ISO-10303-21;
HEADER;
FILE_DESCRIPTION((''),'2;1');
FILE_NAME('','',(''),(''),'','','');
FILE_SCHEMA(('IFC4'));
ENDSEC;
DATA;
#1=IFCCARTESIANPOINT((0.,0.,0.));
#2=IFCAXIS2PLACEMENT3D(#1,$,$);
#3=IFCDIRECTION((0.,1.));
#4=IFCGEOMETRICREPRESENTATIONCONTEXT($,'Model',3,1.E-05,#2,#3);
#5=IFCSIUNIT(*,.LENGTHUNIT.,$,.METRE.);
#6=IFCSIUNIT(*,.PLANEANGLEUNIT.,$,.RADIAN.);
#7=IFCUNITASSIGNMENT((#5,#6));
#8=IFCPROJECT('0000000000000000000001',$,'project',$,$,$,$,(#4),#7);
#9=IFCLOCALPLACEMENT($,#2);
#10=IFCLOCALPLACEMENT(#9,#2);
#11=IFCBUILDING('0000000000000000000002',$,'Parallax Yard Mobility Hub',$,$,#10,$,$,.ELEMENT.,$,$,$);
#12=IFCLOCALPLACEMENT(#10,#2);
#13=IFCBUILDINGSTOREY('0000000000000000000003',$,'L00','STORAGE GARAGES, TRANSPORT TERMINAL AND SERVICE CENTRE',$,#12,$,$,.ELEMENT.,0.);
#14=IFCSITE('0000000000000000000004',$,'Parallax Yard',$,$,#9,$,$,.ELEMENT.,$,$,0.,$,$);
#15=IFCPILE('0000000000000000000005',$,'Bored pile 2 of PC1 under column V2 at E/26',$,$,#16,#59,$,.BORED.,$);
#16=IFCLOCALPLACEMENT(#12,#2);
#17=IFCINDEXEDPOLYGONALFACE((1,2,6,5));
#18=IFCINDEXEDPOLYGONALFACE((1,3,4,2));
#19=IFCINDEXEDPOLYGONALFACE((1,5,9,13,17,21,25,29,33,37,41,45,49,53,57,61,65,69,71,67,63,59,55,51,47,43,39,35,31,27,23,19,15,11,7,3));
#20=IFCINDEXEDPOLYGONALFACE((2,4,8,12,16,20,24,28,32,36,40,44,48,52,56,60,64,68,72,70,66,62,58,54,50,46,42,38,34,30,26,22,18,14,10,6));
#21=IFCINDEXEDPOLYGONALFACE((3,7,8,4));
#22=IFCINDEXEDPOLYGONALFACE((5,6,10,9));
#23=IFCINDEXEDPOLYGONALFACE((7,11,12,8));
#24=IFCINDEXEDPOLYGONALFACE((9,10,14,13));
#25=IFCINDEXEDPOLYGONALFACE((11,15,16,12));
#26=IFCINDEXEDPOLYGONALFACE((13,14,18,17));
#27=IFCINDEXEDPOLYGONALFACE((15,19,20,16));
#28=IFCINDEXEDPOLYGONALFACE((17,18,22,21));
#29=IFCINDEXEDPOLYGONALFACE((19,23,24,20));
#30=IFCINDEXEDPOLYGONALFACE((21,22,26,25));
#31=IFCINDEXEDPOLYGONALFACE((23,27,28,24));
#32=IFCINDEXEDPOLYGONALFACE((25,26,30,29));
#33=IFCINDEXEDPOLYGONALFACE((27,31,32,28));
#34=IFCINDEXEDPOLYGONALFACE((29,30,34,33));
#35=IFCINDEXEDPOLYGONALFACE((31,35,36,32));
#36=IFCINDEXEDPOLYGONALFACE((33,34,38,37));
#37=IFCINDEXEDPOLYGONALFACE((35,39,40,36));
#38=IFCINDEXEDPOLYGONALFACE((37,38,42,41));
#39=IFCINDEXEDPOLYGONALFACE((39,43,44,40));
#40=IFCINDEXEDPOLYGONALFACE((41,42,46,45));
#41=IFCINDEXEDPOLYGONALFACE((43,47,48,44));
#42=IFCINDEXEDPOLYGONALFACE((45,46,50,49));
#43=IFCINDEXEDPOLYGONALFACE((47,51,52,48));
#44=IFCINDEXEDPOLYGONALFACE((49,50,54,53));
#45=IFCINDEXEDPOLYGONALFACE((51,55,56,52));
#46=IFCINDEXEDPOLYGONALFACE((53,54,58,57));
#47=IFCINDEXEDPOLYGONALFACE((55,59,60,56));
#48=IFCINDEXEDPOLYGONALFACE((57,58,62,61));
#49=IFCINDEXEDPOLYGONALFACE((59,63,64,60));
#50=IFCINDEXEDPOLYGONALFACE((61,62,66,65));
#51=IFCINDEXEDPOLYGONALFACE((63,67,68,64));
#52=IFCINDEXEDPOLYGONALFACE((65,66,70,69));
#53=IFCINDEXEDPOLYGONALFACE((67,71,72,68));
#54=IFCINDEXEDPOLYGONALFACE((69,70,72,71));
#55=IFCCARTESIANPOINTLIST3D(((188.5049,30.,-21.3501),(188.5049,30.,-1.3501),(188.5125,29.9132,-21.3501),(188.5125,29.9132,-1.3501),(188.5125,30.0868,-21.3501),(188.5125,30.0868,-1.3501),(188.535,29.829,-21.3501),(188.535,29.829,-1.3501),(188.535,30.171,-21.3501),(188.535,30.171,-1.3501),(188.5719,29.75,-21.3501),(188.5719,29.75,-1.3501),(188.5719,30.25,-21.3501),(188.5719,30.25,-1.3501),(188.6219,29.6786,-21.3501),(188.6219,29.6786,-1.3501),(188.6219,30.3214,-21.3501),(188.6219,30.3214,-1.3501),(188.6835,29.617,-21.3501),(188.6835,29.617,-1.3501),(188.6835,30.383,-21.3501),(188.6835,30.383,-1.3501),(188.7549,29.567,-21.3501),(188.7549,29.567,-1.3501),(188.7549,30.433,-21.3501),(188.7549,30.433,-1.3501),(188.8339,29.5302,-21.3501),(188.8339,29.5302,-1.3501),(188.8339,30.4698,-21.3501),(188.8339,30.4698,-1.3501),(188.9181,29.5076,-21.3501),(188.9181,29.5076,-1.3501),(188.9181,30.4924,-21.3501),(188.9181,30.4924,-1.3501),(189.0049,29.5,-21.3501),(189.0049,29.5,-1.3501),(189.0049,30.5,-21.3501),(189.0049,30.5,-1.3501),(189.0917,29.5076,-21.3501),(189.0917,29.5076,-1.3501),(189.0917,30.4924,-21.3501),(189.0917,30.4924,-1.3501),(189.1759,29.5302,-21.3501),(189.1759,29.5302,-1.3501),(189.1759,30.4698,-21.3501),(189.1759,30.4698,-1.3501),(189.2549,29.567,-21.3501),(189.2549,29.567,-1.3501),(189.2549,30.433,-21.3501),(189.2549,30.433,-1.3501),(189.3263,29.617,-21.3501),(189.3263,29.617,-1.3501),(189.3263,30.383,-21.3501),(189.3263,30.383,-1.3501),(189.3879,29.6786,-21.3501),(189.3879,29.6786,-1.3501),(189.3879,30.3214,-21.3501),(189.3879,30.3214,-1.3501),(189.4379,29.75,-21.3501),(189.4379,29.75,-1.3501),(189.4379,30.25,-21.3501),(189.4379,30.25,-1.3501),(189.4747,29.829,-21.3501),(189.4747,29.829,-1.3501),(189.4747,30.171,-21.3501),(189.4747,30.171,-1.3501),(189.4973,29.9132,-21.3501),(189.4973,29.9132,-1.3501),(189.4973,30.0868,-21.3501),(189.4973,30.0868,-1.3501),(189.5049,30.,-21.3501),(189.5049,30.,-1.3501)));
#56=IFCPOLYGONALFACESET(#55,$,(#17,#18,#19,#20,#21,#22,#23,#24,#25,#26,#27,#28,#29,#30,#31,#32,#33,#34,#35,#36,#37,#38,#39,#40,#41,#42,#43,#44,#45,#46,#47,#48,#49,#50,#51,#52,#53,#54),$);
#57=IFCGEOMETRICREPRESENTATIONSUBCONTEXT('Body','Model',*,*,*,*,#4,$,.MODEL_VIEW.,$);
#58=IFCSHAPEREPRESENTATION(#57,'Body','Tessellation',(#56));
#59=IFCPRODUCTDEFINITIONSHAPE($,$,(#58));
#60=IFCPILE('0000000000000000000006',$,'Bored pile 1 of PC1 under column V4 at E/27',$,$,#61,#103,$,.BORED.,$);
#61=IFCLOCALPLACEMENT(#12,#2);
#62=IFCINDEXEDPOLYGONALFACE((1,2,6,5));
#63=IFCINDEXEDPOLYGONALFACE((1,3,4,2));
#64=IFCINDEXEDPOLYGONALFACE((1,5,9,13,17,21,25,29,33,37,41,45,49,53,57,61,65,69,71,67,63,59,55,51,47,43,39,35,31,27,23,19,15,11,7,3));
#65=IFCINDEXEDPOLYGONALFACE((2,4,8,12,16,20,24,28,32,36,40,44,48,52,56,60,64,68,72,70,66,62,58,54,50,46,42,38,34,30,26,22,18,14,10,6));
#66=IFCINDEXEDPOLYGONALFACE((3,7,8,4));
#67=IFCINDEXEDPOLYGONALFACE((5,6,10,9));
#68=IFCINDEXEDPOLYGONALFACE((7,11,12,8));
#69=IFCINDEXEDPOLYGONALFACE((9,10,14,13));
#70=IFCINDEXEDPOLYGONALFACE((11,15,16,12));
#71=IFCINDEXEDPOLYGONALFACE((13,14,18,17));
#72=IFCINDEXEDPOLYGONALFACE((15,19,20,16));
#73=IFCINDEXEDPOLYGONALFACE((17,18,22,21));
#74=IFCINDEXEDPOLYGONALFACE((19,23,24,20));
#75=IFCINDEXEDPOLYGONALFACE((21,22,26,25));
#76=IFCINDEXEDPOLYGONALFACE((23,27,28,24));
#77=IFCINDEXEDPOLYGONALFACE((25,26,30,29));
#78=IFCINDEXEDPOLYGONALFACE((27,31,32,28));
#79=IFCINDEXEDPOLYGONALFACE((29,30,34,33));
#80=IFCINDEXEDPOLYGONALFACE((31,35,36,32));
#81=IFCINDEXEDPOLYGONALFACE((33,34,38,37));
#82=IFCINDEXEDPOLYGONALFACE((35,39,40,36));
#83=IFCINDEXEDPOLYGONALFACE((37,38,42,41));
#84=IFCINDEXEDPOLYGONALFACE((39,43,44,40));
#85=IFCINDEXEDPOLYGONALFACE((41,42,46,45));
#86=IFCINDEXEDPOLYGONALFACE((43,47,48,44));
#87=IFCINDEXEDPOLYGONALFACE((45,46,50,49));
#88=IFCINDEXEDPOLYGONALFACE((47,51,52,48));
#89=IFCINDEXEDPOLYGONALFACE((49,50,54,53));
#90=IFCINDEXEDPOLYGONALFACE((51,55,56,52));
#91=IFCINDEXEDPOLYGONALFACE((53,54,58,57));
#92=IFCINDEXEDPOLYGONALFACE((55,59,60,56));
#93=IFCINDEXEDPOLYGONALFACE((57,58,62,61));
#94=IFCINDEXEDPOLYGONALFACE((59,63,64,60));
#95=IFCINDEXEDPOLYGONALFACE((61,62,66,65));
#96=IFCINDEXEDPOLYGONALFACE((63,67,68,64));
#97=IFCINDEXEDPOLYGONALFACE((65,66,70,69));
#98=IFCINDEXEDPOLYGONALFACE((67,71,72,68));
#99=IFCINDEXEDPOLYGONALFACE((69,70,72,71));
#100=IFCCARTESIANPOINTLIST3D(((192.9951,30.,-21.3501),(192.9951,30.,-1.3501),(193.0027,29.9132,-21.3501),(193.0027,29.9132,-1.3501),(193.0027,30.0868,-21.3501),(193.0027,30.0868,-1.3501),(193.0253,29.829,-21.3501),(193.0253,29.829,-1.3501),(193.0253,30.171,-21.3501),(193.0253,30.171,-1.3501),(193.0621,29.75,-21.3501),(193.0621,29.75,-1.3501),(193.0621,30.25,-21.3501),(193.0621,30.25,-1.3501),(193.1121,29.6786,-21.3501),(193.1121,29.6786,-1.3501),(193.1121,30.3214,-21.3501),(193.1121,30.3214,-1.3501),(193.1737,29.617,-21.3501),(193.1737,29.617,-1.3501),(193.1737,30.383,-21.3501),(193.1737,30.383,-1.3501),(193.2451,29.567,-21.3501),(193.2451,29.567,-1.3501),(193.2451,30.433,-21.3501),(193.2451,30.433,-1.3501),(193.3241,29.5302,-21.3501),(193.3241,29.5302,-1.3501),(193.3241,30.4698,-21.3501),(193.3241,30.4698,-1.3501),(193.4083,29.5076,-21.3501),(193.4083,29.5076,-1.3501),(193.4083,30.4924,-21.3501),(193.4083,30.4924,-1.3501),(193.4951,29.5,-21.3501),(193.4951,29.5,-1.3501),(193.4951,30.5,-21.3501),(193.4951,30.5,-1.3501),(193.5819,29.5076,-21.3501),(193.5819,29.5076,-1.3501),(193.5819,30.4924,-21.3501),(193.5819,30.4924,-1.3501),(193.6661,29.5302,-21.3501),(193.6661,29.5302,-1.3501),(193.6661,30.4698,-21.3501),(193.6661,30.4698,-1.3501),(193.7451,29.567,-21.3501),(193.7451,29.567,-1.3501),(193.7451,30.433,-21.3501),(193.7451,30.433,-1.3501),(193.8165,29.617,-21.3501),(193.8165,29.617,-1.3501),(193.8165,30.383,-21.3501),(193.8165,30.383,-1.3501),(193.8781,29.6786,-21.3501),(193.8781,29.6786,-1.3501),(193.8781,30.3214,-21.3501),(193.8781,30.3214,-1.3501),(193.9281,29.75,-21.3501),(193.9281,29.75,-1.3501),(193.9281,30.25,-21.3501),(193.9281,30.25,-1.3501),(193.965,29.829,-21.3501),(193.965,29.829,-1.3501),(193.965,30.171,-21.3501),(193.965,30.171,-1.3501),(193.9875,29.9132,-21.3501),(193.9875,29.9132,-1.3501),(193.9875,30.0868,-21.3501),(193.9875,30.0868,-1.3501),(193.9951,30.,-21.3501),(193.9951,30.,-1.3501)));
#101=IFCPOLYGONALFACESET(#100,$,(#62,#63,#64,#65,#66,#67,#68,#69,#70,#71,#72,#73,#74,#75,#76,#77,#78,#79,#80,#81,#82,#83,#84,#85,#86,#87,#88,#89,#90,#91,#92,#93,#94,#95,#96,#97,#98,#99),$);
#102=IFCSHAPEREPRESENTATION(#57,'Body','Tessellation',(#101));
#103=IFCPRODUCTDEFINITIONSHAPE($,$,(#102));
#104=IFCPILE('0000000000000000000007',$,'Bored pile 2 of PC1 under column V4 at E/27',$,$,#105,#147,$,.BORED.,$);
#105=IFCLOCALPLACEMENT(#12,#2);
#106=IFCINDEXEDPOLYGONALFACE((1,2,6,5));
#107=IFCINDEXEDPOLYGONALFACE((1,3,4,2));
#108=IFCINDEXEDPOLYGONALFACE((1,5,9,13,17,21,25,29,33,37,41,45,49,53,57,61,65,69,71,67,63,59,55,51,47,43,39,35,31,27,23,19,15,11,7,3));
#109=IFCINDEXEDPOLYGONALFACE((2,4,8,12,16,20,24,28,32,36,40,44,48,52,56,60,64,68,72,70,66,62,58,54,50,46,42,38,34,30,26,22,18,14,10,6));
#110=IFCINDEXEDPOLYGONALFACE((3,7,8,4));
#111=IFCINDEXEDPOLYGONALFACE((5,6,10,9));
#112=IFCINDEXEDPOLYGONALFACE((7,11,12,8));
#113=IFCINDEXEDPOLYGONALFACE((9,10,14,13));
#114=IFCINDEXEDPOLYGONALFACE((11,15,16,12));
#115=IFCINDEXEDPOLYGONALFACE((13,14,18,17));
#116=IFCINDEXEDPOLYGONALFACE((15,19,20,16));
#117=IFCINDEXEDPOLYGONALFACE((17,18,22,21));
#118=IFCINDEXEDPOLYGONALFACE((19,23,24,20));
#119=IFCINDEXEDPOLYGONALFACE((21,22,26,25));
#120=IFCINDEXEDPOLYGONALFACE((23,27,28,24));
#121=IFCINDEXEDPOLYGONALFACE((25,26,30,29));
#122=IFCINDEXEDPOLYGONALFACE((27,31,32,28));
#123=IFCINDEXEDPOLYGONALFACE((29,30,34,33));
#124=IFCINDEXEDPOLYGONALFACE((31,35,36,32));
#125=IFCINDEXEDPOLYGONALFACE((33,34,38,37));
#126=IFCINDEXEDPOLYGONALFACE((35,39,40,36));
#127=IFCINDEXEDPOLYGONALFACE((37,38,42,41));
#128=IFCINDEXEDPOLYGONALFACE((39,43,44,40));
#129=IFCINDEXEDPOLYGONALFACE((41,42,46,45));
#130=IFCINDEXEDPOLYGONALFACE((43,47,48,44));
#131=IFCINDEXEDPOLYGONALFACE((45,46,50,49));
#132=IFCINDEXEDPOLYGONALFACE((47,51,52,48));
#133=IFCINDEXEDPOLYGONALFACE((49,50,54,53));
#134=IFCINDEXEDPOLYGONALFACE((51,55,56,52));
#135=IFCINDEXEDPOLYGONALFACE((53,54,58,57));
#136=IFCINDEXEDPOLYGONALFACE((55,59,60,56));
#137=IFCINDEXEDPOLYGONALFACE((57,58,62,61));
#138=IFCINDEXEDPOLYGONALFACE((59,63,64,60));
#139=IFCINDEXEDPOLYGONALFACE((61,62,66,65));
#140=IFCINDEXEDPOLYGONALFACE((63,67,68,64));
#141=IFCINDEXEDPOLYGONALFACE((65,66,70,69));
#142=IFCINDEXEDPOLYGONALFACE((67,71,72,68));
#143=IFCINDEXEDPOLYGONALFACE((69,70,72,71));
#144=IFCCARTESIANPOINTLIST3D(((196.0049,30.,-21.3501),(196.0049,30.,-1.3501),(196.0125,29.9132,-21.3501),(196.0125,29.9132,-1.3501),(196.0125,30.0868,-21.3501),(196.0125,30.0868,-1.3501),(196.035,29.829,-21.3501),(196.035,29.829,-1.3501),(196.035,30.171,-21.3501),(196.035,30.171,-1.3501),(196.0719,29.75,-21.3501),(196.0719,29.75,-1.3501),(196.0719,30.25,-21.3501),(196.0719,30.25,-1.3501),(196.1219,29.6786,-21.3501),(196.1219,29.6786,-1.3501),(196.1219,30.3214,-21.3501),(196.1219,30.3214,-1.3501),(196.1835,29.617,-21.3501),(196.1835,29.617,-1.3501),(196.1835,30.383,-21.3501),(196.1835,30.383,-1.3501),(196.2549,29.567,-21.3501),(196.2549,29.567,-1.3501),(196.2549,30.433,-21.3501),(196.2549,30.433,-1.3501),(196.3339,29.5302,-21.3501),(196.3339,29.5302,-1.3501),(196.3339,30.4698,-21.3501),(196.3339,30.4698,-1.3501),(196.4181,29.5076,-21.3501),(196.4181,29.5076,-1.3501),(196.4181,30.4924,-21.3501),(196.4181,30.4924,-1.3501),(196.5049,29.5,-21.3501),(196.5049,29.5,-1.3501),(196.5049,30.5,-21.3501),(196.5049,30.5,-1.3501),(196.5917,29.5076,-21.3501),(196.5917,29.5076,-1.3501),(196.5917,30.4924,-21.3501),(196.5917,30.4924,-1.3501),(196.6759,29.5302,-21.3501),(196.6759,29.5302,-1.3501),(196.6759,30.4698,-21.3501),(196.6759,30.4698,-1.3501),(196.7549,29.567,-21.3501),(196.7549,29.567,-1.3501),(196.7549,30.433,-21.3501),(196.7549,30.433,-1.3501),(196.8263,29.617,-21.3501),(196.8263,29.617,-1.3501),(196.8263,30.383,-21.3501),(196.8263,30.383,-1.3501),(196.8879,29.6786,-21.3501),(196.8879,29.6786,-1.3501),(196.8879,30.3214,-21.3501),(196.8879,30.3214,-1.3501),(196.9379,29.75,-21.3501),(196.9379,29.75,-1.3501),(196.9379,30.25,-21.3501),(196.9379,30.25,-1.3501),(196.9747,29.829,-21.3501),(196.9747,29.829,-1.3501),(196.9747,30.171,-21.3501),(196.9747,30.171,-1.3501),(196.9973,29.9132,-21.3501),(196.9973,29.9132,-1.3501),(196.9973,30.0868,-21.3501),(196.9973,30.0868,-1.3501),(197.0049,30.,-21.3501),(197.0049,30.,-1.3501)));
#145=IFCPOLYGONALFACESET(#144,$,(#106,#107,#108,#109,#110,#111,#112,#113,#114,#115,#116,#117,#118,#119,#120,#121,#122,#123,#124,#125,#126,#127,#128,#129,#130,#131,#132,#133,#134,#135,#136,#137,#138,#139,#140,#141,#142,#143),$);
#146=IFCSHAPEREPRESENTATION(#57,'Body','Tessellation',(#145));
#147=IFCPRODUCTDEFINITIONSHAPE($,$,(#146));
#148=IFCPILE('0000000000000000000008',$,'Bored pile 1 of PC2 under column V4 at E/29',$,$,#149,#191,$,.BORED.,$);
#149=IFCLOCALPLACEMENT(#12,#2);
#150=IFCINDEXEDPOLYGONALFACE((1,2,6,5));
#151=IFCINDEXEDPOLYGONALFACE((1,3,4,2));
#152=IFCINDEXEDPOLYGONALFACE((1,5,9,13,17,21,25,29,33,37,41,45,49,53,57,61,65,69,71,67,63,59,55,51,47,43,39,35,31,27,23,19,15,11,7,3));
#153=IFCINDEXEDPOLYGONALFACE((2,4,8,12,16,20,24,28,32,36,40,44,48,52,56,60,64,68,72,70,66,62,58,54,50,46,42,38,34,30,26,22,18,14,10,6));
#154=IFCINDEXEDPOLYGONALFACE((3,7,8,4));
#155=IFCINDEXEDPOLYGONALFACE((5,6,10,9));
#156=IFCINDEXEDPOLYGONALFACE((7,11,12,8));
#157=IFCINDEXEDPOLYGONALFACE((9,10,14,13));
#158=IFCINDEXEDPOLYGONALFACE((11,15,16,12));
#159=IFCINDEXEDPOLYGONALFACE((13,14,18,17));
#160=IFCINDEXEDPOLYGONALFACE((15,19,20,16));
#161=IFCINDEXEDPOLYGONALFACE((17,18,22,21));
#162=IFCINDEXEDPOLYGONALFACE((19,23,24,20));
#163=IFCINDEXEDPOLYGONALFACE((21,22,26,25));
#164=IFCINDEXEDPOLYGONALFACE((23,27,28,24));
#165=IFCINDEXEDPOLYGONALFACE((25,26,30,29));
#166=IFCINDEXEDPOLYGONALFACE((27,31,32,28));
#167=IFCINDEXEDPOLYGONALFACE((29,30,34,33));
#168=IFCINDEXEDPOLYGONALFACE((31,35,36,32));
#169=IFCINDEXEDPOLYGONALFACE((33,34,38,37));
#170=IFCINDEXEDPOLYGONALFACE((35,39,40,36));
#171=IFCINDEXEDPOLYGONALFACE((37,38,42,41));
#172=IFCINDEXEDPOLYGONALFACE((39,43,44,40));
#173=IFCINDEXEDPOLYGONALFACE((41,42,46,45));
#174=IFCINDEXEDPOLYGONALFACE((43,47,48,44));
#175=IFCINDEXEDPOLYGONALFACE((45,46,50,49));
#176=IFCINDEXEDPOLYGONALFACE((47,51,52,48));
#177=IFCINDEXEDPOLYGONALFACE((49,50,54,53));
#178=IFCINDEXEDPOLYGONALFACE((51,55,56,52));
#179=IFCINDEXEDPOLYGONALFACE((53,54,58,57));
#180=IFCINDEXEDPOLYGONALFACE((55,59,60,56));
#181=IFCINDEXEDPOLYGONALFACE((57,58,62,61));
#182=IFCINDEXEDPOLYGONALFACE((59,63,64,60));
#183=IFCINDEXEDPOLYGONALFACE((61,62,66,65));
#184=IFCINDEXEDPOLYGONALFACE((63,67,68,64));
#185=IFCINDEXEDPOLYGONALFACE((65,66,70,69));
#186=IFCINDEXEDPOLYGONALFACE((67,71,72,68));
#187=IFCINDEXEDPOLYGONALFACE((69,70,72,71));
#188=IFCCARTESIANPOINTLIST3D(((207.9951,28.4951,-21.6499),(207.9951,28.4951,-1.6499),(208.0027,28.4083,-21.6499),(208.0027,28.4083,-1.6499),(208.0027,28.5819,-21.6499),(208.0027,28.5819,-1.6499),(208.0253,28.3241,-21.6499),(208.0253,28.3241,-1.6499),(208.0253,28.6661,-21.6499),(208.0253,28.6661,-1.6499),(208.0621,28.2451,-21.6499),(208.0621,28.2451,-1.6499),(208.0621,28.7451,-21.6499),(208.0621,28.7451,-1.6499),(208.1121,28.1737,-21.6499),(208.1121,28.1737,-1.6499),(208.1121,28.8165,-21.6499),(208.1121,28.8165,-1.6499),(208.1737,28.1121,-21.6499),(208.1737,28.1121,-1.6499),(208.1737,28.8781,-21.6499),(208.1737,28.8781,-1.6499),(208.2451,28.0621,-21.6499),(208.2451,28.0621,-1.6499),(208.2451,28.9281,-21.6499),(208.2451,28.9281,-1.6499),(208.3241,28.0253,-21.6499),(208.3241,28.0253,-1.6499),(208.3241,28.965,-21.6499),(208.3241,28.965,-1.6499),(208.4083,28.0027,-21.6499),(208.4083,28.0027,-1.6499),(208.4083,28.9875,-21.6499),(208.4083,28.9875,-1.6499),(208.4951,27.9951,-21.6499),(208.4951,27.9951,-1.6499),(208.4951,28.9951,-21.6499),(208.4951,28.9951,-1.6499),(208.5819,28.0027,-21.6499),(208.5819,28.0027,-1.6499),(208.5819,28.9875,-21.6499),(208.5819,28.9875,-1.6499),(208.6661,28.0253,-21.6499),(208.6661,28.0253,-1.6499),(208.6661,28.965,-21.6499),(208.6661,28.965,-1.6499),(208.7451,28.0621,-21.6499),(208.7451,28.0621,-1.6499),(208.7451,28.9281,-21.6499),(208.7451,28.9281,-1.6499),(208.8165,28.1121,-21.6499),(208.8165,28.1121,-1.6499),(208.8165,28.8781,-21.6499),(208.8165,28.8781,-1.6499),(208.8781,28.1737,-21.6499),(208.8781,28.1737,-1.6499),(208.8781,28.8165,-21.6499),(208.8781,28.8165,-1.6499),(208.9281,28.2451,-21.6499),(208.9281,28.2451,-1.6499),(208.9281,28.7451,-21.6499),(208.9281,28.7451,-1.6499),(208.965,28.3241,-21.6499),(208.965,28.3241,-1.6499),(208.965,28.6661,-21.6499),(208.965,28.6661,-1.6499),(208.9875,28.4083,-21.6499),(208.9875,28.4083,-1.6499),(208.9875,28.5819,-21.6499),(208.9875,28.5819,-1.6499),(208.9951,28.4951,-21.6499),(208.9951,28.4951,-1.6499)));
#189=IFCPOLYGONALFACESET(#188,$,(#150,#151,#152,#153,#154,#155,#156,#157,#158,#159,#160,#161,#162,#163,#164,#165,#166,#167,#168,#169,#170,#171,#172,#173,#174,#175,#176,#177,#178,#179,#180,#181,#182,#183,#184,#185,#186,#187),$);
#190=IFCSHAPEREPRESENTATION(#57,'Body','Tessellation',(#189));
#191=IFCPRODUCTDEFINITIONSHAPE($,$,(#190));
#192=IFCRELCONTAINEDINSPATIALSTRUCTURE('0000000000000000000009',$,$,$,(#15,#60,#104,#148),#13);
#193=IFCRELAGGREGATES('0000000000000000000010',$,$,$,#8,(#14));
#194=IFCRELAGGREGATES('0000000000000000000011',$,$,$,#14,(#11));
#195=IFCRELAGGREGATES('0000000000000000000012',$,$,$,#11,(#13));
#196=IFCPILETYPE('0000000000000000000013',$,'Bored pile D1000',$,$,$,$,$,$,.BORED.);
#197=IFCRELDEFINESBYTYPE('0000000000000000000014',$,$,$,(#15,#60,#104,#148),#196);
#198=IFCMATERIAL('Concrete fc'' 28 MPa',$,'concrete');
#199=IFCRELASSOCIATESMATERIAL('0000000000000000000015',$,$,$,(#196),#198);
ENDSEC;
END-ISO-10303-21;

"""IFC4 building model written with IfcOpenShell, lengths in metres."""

from ifc_helpers import new_model, si_unit, direction, frame, origin, origin_2d, place, context, subcontext, project, spatial, circle, extrude, material, material_profile, profile_set, type_object, element, save


model = new_model("IFC4")

# Units and contexts
model_context = context("Model", 3, precision=1e-05, world=origin(), true_north=direction((0.0, 1.0)))
body_context = subcontext(model_context, "Body", "Model", "MODEL_VIEW")
ifc_project = project(units=[si_unit("LENGTHUNIT", "METRE"), si_unit("PLANEANGLEUNIT", "RADIAN")], contexts=[model_context])

# Site, building, storey
site_placement = place(None, origin())
site = spatial("IfcSite", under=ifc_project, at=site_placement, Name="Parallax Yard", CompositionType="ELEMENT", RefElevation=0.0)
building_placement = place(site_placement, origin())
building = spatial("IfcBuilding", under=site, at=building_placement, Name="Parallax Yard Mobility Hub", CompositionType="ELEMENT")
storey_placement = place(building_placement, origin())
storey = spatial("IfcBuildingStorey", under=building, at=storey_placement, Name="L00", Description="STORAGE GARAGES, TRANSPORT TERMINAL AND SERVICE CENTRE", CompositionType="ELEMENT", Elevation=0.0)

# Piles
ifc_material_1 = material(Name="Concrete fc' 28 MPa", Category="concrete")
ifc_material_profile_1 = material_profile(ifc_material_1, circle(Radius=0.5, at=origin_2d()), Name="Bored pile D1000")
ifc_profile_set_1 = profile_set([ifc_material_profile_1], Name="Concrete fc' 28 MPa")
pile_type = type_object("IfcPileType", Name="Bored pile D1000", PredefinedType="BORED", material=ifc_profile_set_1)
for number, where, z_axis, x_axis, name in (
    (1, (189.0049, 30.0, -1.3501), (0.0, 0.0, -1.0), (1.0, 0.0, 0.0), "Bored pile 2 of PC1 under column V2 at E/26"),
    (2, (193.4951, 30.0, -1.3501), (0.0, 0.0, -1.0), (1.0, 0.0, 0.0), "Bored pile 1 of PC1 under column V4 at E/27"),
    (3, (196.5049, 30.0, -1.3501), (0.0, 0.0, -1.0), (1.0, 0.0, 0.0), "Bored pile 2 of PC1 under column V4 at E/27"),
    (4, (208.4951, 28.4951, -1.6499), (0.0, 0.0, -1.0), (1.0, 0.0, 0.0), "Bored pile 1 of PC2 under column V4 at E/29"),
):
    element("IfcPile", number, at=place(storey_placement, frame(where, z_axis=z_axis, x_axis=x_axis)), inside=storey, type_object=pile_type, Name=name, PredefinedType="BORED", context=body_context, shape_type="SweptSolid", body=[
        extrude(circle(Radius=0.5, at=origin_2d()), origin(), (0.0, 0.0, 1.0), 20.0),
    ])

save(model, "model.ifc")
